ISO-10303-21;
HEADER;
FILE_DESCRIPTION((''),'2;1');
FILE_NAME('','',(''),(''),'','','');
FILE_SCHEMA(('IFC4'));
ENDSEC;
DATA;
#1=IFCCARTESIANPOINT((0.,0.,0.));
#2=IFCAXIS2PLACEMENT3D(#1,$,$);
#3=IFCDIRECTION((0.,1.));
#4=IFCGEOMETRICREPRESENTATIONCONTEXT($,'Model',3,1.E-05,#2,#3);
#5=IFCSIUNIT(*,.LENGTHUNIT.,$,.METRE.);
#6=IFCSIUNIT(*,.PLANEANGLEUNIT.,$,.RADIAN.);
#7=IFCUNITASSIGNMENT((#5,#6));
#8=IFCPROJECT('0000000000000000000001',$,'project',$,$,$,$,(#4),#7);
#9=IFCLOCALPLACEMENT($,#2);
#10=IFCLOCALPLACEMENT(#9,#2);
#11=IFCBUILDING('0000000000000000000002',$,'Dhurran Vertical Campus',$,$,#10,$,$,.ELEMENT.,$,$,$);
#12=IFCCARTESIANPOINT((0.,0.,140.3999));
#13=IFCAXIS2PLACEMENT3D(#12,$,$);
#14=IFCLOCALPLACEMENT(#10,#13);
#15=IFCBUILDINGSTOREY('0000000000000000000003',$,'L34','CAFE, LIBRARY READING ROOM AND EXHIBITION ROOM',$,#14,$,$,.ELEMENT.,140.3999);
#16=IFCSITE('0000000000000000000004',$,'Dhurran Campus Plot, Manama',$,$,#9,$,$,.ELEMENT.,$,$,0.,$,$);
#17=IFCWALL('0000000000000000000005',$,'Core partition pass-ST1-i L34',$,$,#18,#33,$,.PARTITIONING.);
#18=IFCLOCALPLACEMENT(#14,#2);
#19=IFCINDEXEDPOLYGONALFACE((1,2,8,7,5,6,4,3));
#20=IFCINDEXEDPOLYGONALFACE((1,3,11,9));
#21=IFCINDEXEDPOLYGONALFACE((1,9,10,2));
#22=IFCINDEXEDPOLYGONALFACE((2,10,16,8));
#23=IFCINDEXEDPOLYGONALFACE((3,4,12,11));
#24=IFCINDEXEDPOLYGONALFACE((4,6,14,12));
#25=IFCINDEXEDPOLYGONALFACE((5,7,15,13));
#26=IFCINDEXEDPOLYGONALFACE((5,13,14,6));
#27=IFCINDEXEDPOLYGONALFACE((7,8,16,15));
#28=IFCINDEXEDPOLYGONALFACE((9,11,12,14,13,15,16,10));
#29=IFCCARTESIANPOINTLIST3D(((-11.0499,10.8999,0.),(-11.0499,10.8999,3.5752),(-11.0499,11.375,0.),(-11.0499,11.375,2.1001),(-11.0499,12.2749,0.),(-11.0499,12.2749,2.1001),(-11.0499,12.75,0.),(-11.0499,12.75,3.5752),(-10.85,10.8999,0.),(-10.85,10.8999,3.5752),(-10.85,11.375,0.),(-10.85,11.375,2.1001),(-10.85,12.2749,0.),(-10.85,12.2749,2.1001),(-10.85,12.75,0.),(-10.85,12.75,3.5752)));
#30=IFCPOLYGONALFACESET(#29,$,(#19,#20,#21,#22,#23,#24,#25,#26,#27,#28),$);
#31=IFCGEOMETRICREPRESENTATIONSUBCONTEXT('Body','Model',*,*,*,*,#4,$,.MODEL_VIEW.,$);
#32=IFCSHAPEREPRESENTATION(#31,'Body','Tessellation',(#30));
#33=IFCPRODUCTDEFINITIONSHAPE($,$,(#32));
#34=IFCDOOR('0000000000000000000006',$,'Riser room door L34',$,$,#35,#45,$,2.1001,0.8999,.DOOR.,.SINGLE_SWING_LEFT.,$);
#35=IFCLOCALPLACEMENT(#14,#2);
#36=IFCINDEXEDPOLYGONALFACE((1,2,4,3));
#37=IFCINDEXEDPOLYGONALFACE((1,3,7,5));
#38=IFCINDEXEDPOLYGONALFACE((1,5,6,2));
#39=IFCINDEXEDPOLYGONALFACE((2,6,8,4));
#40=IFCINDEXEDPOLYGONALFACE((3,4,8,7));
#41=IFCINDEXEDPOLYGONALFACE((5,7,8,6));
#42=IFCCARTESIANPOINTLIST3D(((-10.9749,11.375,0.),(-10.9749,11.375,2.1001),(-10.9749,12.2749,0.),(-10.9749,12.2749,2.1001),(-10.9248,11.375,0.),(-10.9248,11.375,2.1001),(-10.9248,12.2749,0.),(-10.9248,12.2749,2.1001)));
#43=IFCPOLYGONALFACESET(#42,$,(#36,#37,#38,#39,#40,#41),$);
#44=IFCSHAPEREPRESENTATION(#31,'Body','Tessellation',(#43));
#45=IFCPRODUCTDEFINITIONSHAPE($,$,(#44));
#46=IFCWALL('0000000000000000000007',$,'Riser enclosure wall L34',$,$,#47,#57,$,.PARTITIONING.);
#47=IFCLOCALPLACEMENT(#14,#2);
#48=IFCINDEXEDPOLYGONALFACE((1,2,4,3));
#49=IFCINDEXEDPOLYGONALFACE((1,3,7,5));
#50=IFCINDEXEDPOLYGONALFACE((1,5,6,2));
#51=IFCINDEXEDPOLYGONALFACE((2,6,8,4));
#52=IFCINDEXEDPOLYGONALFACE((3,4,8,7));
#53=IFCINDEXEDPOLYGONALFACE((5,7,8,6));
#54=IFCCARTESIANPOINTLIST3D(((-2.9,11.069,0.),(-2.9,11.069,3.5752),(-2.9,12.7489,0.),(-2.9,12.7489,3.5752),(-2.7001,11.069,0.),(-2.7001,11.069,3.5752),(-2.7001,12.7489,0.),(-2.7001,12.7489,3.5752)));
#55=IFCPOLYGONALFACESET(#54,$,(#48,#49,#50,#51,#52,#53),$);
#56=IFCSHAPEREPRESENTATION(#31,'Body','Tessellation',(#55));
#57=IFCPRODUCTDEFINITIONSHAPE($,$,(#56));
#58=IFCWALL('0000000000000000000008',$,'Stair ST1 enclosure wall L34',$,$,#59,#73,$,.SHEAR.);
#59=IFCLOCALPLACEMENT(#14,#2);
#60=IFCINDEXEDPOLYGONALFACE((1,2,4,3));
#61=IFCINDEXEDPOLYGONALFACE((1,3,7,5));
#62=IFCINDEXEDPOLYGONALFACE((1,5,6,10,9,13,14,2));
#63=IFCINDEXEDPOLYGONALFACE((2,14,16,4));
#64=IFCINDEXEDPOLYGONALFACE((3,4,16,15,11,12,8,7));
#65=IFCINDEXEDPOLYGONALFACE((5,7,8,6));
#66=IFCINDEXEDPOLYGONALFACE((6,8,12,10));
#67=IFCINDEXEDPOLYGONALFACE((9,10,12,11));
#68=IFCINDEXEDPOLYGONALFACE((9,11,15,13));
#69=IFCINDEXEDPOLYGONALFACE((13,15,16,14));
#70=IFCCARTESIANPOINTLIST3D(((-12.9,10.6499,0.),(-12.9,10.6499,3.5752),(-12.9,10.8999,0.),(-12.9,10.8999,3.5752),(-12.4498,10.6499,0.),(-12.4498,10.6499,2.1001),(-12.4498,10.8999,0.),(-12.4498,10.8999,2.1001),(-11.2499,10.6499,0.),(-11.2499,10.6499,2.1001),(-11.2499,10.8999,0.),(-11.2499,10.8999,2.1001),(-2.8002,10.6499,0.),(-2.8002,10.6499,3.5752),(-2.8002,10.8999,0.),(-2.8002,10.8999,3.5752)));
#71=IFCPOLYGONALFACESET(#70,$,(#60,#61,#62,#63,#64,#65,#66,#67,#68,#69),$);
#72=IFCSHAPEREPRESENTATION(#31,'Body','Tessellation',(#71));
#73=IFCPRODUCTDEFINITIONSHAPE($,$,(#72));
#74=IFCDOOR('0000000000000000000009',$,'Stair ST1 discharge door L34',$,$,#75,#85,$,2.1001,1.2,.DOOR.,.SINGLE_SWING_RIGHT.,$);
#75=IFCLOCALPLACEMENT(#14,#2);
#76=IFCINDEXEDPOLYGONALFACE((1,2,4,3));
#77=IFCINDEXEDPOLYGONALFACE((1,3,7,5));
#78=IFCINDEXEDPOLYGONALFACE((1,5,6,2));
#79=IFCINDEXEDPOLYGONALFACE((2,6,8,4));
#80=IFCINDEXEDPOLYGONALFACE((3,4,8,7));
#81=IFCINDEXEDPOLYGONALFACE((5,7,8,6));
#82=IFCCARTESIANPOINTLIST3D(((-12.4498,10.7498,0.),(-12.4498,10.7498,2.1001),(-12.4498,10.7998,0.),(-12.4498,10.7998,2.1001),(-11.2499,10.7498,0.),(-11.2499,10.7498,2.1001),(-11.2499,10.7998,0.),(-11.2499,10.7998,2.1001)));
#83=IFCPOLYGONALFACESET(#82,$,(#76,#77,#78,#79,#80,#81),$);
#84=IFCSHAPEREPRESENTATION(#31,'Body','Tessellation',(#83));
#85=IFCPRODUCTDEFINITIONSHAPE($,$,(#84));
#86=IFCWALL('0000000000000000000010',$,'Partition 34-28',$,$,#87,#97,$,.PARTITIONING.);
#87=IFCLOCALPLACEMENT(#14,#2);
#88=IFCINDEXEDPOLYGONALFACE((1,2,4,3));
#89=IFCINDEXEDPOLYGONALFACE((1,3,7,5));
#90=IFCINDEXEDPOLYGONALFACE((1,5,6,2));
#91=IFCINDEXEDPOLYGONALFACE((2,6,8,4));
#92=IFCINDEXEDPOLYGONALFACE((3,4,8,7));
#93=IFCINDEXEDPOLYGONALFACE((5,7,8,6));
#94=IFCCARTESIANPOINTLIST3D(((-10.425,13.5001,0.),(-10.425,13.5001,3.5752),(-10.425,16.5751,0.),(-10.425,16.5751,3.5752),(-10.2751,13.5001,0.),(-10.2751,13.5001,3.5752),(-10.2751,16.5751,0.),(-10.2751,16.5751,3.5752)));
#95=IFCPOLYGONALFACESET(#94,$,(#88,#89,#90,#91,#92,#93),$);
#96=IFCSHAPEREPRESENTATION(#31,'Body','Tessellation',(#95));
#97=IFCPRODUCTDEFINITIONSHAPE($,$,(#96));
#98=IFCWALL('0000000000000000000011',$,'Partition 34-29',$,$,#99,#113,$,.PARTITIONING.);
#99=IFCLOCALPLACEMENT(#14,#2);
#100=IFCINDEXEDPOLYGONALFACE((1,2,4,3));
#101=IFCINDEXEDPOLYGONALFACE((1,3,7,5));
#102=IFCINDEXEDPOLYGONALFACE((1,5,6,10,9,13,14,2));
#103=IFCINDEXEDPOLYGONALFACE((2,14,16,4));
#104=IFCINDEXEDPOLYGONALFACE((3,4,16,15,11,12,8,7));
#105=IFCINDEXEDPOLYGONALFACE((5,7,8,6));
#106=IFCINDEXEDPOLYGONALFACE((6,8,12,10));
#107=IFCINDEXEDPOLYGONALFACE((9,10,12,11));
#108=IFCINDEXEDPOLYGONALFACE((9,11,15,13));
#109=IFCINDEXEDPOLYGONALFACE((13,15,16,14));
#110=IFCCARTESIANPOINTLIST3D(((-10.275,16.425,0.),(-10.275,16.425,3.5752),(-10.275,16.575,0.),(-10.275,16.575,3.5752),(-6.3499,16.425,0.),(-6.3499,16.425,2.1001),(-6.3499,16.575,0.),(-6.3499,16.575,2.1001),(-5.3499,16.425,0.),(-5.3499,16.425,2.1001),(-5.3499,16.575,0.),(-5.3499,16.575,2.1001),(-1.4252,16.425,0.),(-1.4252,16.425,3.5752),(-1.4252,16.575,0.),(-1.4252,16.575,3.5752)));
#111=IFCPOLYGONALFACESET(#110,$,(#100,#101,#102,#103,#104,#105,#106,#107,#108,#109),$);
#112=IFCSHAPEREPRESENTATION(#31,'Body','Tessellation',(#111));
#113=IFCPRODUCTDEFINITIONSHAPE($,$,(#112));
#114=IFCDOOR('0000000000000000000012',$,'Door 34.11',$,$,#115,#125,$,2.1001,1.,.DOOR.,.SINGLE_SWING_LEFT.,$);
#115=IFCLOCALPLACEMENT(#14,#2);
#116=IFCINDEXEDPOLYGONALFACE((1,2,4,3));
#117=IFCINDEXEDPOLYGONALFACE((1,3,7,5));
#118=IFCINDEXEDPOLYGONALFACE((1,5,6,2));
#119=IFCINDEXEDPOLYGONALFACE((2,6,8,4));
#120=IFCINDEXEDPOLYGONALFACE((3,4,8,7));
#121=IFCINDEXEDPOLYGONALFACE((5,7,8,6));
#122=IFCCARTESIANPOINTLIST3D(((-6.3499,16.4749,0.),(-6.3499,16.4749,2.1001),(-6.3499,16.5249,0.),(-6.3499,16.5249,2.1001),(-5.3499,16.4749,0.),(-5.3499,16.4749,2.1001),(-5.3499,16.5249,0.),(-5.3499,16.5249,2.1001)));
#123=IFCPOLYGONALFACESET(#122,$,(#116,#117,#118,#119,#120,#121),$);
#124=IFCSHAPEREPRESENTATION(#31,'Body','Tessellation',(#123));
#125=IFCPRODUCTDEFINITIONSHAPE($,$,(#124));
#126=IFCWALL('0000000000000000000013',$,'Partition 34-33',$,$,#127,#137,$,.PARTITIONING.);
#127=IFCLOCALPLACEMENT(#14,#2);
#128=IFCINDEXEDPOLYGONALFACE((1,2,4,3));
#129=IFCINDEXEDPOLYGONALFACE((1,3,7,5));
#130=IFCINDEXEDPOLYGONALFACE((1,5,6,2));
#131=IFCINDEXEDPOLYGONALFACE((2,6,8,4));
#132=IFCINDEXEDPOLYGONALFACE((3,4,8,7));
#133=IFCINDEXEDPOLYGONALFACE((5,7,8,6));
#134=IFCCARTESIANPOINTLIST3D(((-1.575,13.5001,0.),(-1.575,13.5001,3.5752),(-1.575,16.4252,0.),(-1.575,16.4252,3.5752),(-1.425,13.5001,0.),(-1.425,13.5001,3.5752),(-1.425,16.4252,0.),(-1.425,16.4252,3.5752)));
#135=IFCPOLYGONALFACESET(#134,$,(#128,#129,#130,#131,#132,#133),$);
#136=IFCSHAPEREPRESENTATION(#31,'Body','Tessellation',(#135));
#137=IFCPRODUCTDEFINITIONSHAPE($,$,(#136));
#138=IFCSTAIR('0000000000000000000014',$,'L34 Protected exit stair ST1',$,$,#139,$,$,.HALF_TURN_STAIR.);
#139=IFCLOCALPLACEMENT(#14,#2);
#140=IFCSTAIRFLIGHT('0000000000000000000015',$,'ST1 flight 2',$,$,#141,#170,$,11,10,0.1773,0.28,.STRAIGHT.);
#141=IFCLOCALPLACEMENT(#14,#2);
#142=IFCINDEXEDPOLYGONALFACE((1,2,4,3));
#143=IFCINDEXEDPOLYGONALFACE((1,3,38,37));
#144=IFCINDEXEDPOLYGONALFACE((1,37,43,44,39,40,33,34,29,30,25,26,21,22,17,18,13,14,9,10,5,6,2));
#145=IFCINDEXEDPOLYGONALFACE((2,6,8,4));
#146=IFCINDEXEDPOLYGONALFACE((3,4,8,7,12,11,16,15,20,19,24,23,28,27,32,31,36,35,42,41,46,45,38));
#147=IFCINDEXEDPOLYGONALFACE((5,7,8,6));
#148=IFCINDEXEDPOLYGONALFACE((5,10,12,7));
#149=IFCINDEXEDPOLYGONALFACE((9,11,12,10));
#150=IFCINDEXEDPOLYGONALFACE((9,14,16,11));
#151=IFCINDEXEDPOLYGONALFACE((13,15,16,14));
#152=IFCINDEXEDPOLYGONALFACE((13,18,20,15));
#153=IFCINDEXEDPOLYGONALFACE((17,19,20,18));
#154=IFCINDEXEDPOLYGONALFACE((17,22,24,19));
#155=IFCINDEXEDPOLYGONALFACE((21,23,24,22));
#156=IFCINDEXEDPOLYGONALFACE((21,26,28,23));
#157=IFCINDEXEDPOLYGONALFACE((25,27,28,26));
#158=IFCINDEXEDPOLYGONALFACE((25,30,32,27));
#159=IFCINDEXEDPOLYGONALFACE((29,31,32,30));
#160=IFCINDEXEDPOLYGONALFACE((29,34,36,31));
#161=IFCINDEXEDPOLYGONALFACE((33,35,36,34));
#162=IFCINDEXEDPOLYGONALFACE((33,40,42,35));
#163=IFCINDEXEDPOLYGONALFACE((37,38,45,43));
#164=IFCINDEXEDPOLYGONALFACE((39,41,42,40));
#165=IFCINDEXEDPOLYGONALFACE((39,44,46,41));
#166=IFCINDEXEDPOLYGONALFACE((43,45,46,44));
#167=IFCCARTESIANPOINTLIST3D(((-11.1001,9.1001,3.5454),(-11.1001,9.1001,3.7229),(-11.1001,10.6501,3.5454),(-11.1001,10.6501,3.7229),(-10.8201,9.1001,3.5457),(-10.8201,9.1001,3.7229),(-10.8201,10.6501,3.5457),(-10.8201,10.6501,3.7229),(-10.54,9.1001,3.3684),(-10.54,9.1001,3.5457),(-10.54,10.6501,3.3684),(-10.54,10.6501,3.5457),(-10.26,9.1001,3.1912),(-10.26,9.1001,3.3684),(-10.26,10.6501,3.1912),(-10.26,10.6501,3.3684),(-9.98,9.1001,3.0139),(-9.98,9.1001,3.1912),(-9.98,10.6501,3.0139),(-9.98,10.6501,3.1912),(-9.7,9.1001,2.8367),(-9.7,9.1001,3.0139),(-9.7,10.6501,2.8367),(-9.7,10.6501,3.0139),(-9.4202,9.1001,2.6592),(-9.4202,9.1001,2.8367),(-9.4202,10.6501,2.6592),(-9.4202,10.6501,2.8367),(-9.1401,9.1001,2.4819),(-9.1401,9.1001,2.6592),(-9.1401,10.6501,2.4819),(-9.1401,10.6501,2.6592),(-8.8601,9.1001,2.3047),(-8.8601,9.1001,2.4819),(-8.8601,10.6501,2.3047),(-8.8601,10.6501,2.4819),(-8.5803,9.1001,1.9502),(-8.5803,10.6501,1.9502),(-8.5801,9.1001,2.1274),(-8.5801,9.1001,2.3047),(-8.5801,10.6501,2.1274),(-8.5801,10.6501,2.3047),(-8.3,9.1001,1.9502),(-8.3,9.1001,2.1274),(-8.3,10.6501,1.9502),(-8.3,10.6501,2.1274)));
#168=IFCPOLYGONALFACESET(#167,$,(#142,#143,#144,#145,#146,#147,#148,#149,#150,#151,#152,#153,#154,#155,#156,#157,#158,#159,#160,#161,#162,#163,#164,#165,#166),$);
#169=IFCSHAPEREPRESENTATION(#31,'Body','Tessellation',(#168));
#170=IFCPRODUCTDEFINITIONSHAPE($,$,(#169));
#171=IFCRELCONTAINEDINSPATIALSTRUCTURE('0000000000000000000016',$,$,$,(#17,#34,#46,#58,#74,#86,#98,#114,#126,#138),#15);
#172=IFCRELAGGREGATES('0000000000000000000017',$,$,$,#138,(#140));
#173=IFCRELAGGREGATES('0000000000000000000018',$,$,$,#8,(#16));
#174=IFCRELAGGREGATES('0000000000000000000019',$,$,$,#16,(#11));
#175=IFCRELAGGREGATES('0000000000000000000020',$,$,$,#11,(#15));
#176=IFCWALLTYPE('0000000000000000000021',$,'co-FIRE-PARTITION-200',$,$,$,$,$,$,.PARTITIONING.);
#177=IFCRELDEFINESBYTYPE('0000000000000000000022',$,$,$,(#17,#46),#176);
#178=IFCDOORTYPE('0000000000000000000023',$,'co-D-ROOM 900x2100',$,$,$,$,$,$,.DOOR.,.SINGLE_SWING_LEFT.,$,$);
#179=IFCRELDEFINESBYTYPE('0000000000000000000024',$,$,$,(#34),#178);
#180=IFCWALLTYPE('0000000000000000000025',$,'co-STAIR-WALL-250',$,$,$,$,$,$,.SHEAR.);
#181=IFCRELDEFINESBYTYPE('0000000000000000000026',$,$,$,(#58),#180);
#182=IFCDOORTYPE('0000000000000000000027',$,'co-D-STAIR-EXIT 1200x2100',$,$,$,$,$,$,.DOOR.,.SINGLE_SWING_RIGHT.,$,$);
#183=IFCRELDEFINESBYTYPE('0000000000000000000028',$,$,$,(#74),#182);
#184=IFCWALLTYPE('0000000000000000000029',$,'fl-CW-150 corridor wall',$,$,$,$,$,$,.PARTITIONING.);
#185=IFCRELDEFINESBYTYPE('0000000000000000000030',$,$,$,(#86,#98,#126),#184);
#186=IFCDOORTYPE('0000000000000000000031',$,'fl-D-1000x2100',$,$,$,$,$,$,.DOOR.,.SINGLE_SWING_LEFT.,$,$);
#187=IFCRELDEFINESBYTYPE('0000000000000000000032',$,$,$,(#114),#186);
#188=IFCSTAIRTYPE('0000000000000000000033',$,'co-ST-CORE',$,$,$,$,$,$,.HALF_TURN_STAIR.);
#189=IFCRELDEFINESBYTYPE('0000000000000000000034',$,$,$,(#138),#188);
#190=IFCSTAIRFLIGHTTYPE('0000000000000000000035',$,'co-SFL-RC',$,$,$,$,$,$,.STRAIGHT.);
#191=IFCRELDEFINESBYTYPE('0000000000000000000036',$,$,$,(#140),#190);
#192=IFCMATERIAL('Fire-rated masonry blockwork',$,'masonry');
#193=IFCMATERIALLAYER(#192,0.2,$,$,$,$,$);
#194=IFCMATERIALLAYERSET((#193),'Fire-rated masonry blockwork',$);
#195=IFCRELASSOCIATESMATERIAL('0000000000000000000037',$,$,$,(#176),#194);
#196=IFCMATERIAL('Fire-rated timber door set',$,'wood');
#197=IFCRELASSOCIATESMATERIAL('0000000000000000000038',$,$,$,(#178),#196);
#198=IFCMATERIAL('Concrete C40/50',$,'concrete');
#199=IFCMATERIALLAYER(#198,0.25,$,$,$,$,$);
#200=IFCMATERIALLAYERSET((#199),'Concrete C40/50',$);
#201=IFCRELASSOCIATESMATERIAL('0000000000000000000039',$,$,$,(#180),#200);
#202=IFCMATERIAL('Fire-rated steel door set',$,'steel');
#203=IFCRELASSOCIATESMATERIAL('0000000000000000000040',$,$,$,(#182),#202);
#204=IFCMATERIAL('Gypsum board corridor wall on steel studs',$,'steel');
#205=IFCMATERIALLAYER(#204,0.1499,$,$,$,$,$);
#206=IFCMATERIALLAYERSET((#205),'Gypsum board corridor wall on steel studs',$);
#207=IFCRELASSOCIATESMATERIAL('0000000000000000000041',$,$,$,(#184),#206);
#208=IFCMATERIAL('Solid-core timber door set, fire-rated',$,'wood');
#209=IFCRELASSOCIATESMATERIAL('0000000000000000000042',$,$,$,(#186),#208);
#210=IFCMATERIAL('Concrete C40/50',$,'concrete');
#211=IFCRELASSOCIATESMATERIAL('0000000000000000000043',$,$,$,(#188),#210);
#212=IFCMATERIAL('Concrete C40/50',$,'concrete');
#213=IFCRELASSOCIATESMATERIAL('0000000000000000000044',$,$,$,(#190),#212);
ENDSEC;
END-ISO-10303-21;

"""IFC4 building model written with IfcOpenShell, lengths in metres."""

from ifc_helpers import new_model, si_unit, direction, frame, frame_2d, origin, place, context, subcontext, project, spatial, polyline, rectangle, outline, extrude, material, layer, layer_set, type_object, element, fill, aggregate, save


model = new_model("IFC4")

# Units and contexts
model_context = context("Model", 3, precision=1e-05, world=origin(), true_north=direction((0.0, 1.0)))
body_context = subcontext(model_context, "Body", "Model", "MODEL_VIEW")
ifc_project = project(units=[si_unit("LENGTHUNIT", "METRE"), si_unit("PLANEANGLEUNIT", "RADIAN")], contexts=[model_context])

# Site, building, storey
site_placement = place(None, origin())
site = spatial("IfcSite", under=ifc_project, at=site_placement, Name="Dhurran Campus Plot, Manama", CompositionType="ELEMENT", RefElevation=0.0)
building_placement = place(site_placement, origin())
building = spatial("IfcBuilding", under=site, at=building_placement, Name="Dhurran Vertical Campus", CompositionType="ELEMENT")
storey_placement = place(building_placement, frame((0.0, 0.0, 140.3999)))
storey = spatial("IfcBuildingStorey", under=building, at=storey_placement, Name="L34", Description="CAFE, LIBRARY READING ROOM AND EXHIBITION ROOM", CompositionType="ELEMENT", Elevation=140.3999)

# Shared definitions
ifc_material_1 = material(Name="Fire-rated masonry blockwork", Category="masonry")
ifc_layer_1 = layer(ifc_material_1, 0.2)
ifc_layer_set_1 = layer_set([ifc_layer_1], Name="Fire-rated masonry blockwork")
wall_type_1 = type_object("IfcWallType", Name="co-FIRE-PARTITION-200", PredefinedType="PARTITIONING", material=ifc_layer_set_1)

# Wall, opening, door
wall_1_placement = place(storey_placement, frame((-10.95, 10.8999, 0.0), z_axis=(0.0, 0.0, 1.0), x_axis=(0.0, 1.0, 0.0)))
wall_1 = element("IfcWall", 1, at=wall_1_placement, inside=storey, type_object=wall_type_1, Name="Core partition pass-ST1-i L34", PredefinedType="PARTITIONING", context=body_context, shape_type="SweptSolid", body=[
    extrude(rectangle(XDim=1.8501, YDim=0.2, at=frame_2d((0.925, 0.0))), origin(), (0.0, 0.0, 1.0), 3.5752),
])
opening_1_placement = place(wall_1_placement, frame((0.4751, 0.0, 0.0)))
opening_1 = element("IfcOpeningElement", 2, at=opening_1_placement, cuts=wall_1, PredefinedType="OPENING", context=body_context, shape_type="SweptSolid", body=[
    extrude(rectangle(XDim=0.8999, YDim=2.1001, at=frame_2d((0.45, 1.05))), frame((0.0, 0.1099, 0.0), z_axis=(0.0, -1.0, 0.0), x_axis=(1.0, 0.0, 0.0)), (0.0, 0.0, 1.0), 0.22),
])
ifc_material_2 = material(Name="Fire-rated timber door set", Category="wood")
door_type_1 = type_object("IfcDoorType", Name="co-D-ROOM 900x2100", OperationType="SINGLE_SWING_LEFT", PredefinedType="DOOR", material=ifc_material_2)
door_1_placement = place(opening_1_placement, origin())
door_1 = element("IfcDoor", 3, at=door_1_placement, inside=storey, type_object=door_type_1, Name="Riser room door L34", OperationType="SINGLE_SWING_LEFT", OverallHeight=2.1001, OverallWidth=0.8999, PredefinedType="DOOR", context=body_context, shape_type="SweptSolid", body=[
    extrude(rectangle(XDim=0.8999, YDim=2.1001, at=frame_2d((0.45, 1.05))), frame((0.0, 0.0249, 0.0), z_axis=(0.0, -1.0, 0.0), x_axis=(1.0, 0.0, 0.0)), (0.0, 0.0, 1.0), 0.05),
])
fill(opening_1, door_1)

# Wall
wall_2_placement = place(storey_placement, frame((-2.8, 11.0691, 0.0), z_axis=(0.0, 0.0, 1.0), x_axis=(0.0, 1.0, 0.0)))
element("IfcWall", 4, at=wall_2_placement, inside=storey, type_object=wall_type_1, Name="Riser enclosure wall L34", PredefinedType="PARTITIONING", context=body_context, shape_type="SweptSolid", body=[
    extrude(rectangle(XDim=1.6799, YDim=0.2, at=frame_2d((0.8398, 0.0))), origin(), (0.0, 0.0, 1.0), 3.5752),
])

# Wall, opening, door
ifc_material_3 = material(Name="Concrete C40/50", Category="concrete")
ifc_layer_2 = layer(ifc_material_3, 0.25)
ifc_layer_set_2 = layer_set([ifc_layer_2], Name="Concrete C40/50")
wall_type_2 = type_object("IfcWallType", Name="co-STAIR-WALL-250", PredefinedType="SHEAR", material=ifc_layer_set_2)
wall_3_placement = place(storey_placement, frame((-12.8999, 10.7749, 0.0), z_axis=(0.0, 0.0, 1.0), x_axis=(1.0, 0.0, 0.0)))
wall_3 = element("IfcWall", 5, at=wall_3_placement, inside=storey, type_object=wall_type_2, Name="Stair ST1 enclosure wall L34", PredefinedType="SHEAR", context=body_context, shape_type="SweptSolid", body=[
    extrude(rectangle(XDim=10.0999, YDim=0.25, at=frame_2d((5.0498, 0.0))), origin(), (0.0, 0.0, 1.0), 3.5752),
])
opening_2_placement = place(wall_3_placement, frame((0.45, 0.0, 0.0)))
opening_2 = element("IfcOpeningElement", 6, at=opening_2_placement, cuts=wall_3, PredefinedType="OPENING", context=body_context, shape_type="SweptSolid", body=[
    extrude(rectangle(XDim=1.2, YDim=2.1001, at=frame_2d((0.6001, 1.05))), frame((0.0, 0.135, 0.0), z_axis=(0.0, -1.0, 0.0), x_axis=(1.0, 0.0, 0.0)), (0.0, 0.0, 1.0), 0.27),
])
ifc_material_4 = material(Name="Fire-rated steel door set", Category="steel")
door_type_2 = type_object("IfcDoorType", Name="co-D-STAIR-EXIT 1200x2100", OperationType="SINGLE_SWING_RIGHT", PredefinedType="DOOR", material=ifc_material_4)
door_2_placement = place(opening_2_placement, origin())
door_2 = element("IfcDoor", 7, at=door_2_placement, inside=storey, type_object=door_type_2, Name="Stair ST1 discharge door L34", OperationType="SINGLE_SWING_RIGHT", OverallHeight=2.1001, OverallWidth=1.2, PredefinedType="DOOR", context=body_context, shape_type="SweptSolid", body=[
    extrude(rectangle(XDim=1.2, YDim=2.1001, at=frame_2d((0.6001, 1.05))), frame((0.0, 0.0249, 0.0), z_axis=(0.0, -1.0, 0.0), x_axis=(1.0, 0.0, 0.0)), (0.0, 0.0, 1.0), 0.05),
])
fill(opening_2, door_2)

# Wall
ifc_material_5 = material(Name="Gypsum board corridor wall on steel studs", Category="steel")
ifc_layer_3 = layer(ifc_material_5, 0.1499)
ifc_layer_set_3 = layer_set([ifc_layer_3], Name="Gypsum board corridor wall on steel studs")
wall_type_3 = type_object("IfcWallType", Name="fl-CW-150 corridor wall", PredefinedType="PARTITIONING", material=ifc_layer_set_3)
wall_4_placement = place(storey_placement, frame((-10.3501, 13.5, 0.0), z_axis=(0.0, 0.0, 1.0), x_axis=(0.0, 1.0, 0.0)))
element("IfcWall", 8, at=wall_4_placement, inside=storey, type_object=wall_type_3, Name="Partition 34-28", PredefinedType="PARTITIONING", context=body_context, shape_type="SweptSolid", body=[
    extrude(rectangle(XDim=3.075, YDim=0.1499, at=frame_2d((1.5376, 0.0))), origin(), (0.0, 0.0, 1.0), 3.5752),
])

# Wall, opening, door
wall_5_placement = place(storey_placement, frame((-10.2749, 16.5, 0.0), z_axis=(0.0, 0.0, 1.0), x_axis=(1.0, 0.0, 0.0)))
wall_5 = element("IfcWall", 9, at=wall_5_placement, inside=storey, type_object=wall_type_3, Name="Partition 34-29", PredefinedType="PARTITIONING", context=body_context, shape_type="SweptSolid", body=[
    extrude(rectangle(XDim=8.8499, YDim=0.1499, at=frame_2d((4.4248, 0.0))), origin(), (0.0, 0.0, 1.0), 3.5752),
])
opening_3_placement = place(wall_5_placement, frame((3.925, 0.0, 0.0)))
opening_3 = element("IfcOpeningElement", 10, at=opening_3_placement, cuts=wall_5, PredefinedType="OPENING", context=body_context, shape_type="SweptSolid", body=[
    extrude(rectangle(XDim=1.0, YDim=2.1001, at=frame_2d((0.5, 1.05))), frame((0.0, 0.085, 0.0), z_axis=(0.0, -1.0, 0.0), x_axis=(1.0, 0.0, 0.0)), (0.0, 0.0, 1.0), 0.1699),
])
ifc_material_6 = material(Name="Solid-core timber door set, fire-rated", Category="wood")
door_type_3 = type_object("IfcDoorType", Name="fl-D-1000x2100", OperationType="SINGLE_SWING_LEFT", PredefinedType="DOOR", material=ifc_material_6)
door_3_placement = place(opening_3_placement, origin())
door_3 = element("IfcDoor", 11, at=door_3_placement, inside=storey, type_object=door_type_3, Name="Door 34.11", OperationType="SINGLE_SWING_LEFT", OverallHeight=2.1001, OverallWidth=1.0, PredefinedType="DOOR", context=body_context, shape_type="SweptSolid", body=[
    extrude(rectangle(XDim=1.0, YDim=2.1001, at=frame_2d((0.5, 1.05))), frame((0.0, 0.0249, 0.0), z_axis=(0.0, -1.0, 0.0), x_axis=(1.0, 0.0, 0.0)), (0.0, 0.0, 1.0), 0.05),
])
fill(opening_3, door_3)

# Wall
wall_6_placement = place(storey_placement, frame((-1.5, 16.425, 0.0), z_axis=(0.0, 0.0, 1.0), x_axis=(0.0, -1.0, 0.0)))
element("IfcWall", 12, at=wall_6_placement, inside=storey, type_object=wall_type_3, Name="Partition 34-33", PredefinedType="PARTITIONING", context=body_context, shape_type="SweptSolid", body=[
    extrude(rectangle(XDim=2.925, YDim=0.1499, at=frame_2d((1.4624, 0.0))), origin(), (0.0, 0.0, 1.0), 3.5752),
])

# Stair, stair flight
ifc_material_7 = material(Name="Concrete C40/50", Category="concrete")
stair_type = type_object("IfcStairType", Name="co-ST-CORE", PredefinedType="HALF_TURN_STAIR", material=ifc_material_7)
stair_placement = place(storey_placement, origin())
stair = element("IfcStair", 13, at=stair_placement, inside=storey, type_object=stair_type, Name="L34 Protected exit stair ST1", PredefinedType="HALF_TURN_STAIR")
ifc_material_8 = material(Name="Concrete C40/50", Category="concrete")
stair_flight_type = type_object("IfcStairFlightType", Name="co-SFL-RC", PredefinedType="STRAIGHT", material=ifc_material_8)
stair_flight_placement = place(storey_placement, frame((-8.3, 9.875, 1.9502), z_axis=(0.0, 0.0, 1.0), x_axis=(-1.0, 0.0, 0.0)))
stair_flight = element("IfcStairFlight", 14, at=stair_flight_placement, type_object=stair_flight_type, Name="ST1 flight 2", NumberOfRisers=11, NumberOfTreads=10, PredefinedType="STRAIGHT", RiserHeight=0.1773, TreadLength=0.28, context=body_context, shape_type="SweptSolid", body=[
    extrude(outline(polyline([(0.0, 0.0), (0.0, 0.1772), (0.28, 0.1772), (0.28, 0.3545), (0.5601, 0.3545), (0.5601, 0.5317), (0.8401, 0.5317), (0.8401, 0.709), (1.1201, 0.709), (1.1201, 0.8865), (1.3999, 0.8865), (1.3999, 1.0637), (1.6799, 1.0637), (1.6799, 1.241), (1.96, 1.241), (1.96, 1.4182), (2.24, 1.4182), (2.24, 1.5955), (2.52, 1.5955), (2.52, 1.7727), (2.8, 1.7727), (2.8, 1.95), (2.8, 1.5952), (0.2803, 0.0), (0.0, 0.0)])), frame((0.0, 0.7749, 0.0), z_axis=(0.0, -1.0, 0.0), x_axis=(1.0, 0.0, 0.0)), (0.0, 0.0, 1.0), 1.55),
])
aggregate(stair, [stair_flight])

save(model, "model.ifc")
